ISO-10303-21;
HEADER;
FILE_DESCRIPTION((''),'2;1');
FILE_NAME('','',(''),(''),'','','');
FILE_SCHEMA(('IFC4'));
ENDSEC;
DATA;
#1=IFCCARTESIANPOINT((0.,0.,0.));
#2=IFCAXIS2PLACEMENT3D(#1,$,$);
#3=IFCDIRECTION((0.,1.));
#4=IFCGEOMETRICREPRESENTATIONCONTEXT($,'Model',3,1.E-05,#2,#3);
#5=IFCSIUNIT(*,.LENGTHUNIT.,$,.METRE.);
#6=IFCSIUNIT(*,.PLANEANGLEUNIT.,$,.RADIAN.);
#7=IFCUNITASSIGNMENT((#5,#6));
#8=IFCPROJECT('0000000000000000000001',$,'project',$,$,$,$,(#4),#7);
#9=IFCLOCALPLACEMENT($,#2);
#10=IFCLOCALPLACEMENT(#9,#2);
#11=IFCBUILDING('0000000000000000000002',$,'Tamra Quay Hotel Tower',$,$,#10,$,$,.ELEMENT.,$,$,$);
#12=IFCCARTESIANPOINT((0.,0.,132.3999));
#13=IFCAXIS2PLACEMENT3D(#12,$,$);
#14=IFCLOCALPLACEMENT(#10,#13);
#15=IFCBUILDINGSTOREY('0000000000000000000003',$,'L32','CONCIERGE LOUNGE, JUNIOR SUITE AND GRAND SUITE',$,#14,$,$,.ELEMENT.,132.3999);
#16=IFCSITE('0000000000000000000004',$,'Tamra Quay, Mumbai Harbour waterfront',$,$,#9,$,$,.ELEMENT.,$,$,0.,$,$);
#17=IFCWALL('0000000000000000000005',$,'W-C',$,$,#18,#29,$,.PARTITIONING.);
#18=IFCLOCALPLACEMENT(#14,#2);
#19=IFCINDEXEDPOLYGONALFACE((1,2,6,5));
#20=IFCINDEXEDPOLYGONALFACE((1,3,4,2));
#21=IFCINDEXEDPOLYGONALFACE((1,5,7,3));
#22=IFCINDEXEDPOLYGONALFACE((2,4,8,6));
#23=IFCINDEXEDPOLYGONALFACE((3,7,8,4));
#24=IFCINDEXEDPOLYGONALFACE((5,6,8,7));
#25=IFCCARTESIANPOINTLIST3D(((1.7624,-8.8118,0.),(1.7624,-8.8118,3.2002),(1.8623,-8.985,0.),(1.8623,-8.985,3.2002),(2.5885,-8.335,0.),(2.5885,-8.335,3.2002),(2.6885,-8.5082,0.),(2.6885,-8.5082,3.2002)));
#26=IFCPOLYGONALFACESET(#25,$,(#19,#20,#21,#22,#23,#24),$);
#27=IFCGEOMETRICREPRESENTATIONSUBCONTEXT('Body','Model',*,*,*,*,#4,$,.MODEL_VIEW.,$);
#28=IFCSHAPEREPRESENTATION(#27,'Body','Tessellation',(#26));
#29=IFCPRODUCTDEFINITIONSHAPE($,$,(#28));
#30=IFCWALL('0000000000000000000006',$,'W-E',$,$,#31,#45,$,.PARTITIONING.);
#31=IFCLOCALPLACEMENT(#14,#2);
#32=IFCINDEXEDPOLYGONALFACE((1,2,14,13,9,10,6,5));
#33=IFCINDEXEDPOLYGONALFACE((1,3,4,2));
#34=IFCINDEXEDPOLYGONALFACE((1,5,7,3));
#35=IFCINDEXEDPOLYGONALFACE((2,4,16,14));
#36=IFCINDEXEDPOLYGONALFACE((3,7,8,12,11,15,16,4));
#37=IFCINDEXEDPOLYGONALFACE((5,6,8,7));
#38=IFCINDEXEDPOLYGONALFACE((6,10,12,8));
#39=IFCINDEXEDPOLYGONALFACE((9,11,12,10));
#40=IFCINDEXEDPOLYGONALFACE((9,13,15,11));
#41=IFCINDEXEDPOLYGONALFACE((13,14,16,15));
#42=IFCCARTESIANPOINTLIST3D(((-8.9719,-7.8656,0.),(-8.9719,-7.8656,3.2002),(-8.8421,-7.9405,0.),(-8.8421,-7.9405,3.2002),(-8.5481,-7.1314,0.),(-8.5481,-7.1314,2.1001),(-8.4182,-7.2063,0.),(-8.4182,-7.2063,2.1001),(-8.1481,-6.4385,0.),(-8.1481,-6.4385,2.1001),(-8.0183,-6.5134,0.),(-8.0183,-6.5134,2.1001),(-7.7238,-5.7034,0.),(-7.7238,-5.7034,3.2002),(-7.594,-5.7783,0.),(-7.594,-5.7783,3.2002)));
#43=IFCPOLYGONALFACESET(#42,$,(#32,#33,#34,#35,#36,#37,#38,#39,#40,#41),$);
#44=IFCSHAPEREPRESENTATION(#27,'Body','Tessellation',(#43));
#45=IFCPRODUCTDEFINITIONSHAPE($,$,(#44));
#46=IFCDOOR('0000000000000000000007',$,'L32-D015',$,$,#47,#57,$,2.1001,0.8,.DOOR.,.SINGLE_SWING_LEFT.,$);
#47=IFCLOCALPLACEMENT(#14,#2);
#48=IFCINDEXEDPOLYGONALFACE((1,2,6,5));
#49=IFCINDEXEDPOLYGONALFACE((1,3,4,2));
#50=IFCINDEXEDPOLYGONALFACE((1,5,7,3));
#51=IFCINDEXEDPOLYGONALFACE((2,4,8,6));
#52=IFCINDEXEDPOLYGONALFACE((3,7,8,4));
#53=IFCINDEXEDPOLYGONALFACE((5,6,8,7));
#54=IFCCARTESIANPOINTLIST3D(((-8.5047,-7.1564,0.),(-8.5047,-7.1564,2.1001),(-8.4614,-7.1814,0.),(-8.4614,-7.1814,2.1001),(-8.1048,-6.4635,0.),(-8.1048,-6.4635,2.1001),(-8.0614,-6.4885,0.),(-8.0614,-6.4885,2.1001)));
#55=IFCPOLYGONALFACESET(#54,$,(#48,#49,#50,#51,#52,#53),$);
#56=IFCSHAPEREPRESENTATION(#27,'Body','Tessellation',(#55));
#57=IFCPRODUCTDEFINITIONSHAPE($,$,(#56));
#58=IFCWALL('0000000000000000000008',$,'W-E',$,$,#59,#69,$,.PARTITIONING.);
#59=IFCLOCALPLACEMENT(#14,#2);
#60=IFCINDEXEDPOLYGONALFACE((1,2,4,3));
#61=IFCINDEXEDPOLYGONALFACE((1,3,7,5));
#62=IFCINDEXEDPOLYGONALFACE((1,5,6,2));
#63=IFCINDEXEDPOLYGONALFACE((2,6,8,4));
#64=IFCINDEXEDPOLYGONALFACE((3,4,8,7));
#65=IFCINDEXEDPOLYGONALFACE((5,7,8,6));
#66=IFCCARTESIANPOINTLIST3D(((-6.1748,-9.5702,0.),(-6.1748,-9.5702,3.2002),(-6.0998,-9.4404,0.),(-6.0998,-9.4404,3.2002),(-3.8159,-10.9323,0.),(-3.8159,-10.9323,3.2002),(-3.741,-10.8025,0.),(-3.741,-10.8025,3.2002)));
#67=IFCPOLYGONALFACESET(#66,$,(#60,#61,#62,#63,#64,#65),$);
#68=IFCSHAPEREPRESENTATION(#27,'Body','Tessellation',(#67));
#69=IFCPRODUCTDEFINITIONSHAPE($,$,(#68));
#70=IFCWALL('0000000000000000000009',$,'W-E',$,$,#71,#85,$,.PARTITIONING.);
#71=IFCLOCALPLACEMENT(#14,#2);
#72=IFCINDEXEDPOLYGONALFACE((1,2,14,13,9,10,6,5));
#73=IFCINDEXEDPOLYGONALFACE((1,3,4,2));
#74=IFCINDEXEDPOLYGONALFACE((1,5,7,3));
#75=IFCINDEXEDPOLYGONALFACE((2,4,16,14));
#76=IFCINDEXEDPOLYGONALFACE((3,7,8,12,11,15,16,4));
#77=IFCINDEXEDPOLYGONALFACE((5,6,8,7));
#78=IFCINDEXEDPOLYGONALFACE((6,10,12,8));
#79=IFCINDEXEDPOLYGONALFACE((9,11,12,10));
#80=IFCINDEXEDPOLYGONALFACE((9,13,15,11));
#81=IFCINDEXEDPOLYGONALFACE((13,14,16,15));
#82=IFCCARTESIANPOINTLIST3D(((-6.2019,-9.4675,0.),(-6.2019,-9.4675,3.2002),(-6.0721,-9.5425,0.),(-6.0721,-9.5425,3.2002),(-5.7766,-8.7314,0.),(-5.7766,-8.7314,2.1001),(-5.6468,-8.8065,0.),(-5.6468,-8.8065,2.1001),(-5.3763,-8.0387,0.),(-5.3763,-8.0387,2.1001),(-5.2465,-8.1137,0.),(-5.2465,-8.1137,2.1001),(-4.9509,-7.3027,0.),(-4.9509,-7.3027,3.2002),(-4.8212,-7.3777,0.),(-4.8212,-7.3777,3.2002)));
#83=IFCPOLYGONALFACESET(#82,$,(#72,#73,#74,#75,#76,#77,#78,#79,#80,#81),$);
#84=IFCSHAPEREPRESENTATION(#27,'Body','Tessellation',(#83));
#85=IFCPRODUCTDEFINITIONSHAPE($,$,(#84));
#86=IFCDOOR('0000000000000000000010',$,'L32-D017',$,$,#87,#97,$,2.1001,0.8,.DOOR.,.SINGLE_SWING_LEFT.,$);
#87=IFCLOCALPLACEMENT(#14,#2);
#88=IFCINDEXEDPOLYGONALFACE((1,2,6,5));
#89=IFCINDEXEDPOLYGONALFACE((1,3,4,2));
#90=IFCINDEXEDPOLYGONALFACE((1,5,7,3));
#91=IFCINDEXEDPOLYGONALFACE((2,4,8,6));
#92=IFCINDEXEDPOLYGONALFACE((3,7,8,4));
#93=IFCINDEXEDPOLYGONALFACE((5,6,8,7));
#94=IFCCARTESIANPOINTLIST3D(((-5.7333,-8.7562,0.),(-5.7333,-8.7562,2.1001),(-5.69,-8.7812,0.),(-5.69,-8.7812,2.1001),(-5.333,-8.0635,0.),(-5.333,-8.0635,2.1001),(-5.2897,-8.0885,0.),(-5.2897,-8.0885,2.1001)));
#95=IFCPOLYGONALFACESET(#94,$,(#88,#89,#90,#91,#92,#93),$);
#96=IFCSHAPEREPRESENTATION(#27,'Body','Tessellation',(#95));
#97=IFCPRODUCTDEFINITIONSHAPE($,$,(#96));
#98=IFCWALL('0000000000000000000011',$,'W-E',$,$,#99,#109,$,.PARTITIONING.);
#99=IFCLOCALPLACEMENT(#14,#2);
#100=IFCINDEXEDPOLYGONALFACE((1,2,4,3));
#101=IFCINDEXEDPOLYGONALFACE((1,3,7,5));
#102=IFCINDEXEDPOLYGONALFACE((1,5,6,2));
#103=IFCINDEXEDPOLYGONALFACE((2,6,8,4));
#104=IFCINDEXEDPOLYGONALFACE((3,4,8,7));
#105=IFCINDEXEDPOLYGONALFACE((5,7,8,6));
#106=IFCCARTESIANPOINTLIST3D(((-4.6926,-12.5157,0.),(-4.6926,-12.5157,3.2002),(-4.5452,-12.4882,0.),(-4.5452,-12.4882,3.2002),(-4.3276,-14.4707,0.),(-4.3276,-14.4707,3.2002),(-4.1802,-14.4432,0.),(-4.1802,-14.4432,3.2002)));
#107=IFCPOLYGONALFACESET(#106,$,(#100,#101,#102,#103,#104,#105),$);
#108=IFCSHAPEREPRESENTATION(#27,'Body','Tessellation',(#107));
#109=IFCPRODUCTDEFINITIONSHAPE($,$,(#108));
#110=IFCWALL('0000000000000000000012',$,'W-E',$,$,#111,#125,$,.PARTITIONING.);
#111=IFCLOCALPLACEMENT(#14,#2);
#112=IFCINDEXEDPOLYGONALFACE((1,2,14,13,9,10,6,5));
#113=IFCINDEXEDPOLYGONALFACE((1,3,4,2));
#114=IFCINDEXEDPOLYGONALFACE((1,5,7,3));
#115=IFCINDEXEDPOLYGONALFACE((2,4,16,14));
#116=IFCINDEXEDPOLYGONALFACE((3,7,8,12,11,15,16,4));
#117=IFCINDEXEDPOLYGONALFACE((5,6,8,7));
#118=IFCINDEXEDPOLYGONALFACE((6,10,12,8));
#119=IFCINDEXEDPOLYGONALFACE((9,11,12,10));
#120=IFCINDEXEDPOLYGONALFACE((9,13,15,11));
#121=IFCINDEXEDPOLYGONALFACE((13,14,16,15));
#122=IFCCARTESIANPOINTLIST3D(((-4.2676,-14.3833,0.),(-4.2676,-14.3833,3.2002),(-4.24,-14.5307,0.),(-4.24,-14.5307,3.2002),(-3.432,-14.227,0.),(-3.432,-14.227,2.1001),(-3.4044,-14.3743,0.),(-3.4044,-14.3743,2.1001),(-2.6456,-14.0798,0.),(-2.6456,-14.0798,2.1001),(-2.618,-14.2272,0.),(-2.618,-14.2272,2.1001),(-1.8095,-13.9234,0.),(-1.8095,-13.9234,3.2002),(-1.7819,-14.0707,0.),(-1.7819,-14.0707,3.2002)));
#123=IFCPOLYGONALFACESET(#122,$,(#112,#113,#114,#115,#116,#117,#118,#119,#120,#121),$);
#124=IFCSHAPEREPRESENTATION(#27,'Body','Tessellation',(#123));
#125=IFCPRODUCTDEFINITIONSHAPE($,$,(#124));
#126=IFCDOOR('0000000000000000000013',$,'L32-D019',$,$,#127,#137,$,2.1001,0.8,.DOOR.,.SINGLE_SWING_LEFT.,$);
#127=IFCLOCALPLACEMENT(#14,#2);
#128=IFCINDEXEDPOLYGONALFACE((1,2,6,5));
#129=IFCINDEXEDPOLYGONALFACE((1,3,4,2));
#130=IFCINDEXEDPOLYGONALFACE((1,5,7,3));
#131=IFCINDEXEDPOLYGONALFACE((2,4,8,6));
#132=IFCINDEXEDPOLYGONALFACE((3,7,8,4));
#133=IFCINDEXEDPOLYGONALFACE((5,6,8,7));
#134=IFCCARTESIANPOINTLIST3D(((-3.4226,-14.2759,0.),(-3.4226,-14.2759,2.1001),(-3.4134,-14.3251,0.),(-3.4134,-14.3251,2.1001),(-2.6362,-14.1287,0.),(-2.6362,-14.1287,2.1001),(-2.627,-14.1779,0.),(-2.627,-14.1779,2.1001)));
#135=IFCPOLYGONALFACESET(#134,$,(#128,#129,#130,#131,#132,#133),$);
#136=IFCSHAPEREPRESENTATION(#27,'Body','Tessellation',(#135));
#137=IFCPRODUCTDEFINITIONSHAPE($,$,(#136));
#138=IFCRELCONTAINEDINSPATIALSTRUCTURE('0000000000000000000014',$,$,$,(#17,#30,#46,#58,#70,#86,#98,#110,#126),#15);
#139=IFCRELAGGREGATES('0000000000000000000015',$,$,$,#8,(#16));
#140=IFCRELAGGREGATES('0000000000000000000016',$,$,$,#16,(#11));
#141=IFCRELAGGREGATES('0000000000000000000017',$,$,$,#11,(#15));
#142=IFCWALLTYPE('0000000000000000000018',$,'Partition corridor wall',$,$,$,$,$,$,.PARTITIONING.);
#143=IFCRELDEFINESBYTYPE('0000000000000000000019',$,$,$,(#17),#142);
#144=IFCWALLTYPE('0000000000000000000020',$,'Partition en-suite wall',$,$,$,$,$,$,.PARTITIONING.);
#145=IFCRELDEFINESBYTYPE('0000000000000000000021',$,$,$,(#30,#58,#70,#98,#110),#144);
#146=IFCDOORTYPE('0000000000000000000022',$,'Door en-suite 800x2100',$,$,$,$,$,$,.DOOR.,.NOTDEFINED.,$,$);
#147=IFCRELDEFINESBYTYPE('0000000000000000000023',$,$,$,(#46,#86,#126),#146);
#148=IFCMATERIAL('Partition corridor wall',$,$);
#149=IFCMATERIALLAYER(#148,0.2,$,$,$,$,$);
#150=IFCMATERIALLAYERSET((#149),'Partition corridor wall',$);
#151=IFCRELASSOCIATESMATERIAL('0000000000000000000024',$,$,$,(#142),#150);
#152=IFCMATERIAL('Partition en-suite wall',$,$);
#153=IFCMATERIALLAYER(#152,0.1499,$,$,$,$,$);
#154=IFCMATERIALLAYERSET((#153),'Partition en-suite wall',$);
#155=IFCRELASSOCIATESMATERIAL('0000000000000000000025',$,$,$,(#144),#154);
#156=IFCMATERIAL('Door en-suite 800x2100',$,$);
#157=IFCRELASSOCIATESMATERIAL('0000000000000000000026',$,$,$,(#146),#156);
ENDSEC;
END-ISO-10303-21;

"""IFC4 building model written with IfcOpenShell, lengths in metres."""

from ifc_helpers import new_model, si_unit, direction, frame, frame_2d, origin, place, context, subcontext, project, spatial, rectangle, extrude, material, layer, layer_set, type_object, element, fill, save


model = new_model("IFC4")

# Units and contexts
model_context = context("Model", 3, precision=1e-05, world=origin(), true_north=direction((0.0, 1.0)))
body_context = subcontext(model_context, "Body", "Model", "MODEL_VIEW")
ifc_project = project(units=[si_unit("LENGTHUNIT", "METRE"), si_unit("PLANEANGLEUNIT", "RADIAN")], contexts=[model_context])

# Site, building, storey
site_placement = place(None, origin())
site = spatial("IfcSite", under=ifc_project, at=site_placement, Name="Tamra Quay, Mumbai Harbour waterfront", CompositionType="ELEMENT", RefElevation=0.0)
building_placement = place(site_placement, origin())
building = spatial("IfcBuilding", under=site, at=building_placement, Name="Tamra Quay Hotel Tower", CompositionType="ELEMENT")
storey_placement = place(building_placement, frame((0.0, 0.0, 132.3999)))
storey = spatial("IfcBuildingStorey", under=building, at=storey_placement, Name="L32", Description="CONCIERGE LOUNGE, JUNIOR SUITE AND GRAND SUITE", CompositionType="ELEMENT", Elevation=132.3999)

# Shared definitions
ifc_material_1 = material(Name="Partition corridor wall")
ifc_layer_1 = layer(ifc_material_1, 0.2)
ifc_layer_set_1 = layer_set([ifc_layer_1], Name="Partition corridor wall")
wall_type_1 = type_object("IfcWallType", Name="Partition corridor wall", PredefinedType="PARTITIONING", material=ifc_layer_set_1)

# Wall
wall_1_placement = place(storey_placement, frame((1.8123, -8.8984, 0.0), z_axis=(0.0, 0.0, 1.0), x_axis=(0.866109, 0.499855, 0.0)))
element("IfcWall", 1, at=wall_1_placement, inside=storey, type_object=wall_type_1, Name="W-C", PredefinedType="PARTITIONING", context=body_context, shape_type="SweptSolid", body=[
    extrude(rectangle(XDim=0.9539, YDim=0.2, at=frame_2d((0.4771, 0.0))), origin(), (0.0, 0.0, 1.0), 3.2002),
])

# Wall, opening, door
ifc_material_2 = material(Name="Partition en-suite wall")
ifc_layer_2 = layer(ifc_material_2, 0.1499)
ifc_layer_set_2 = layer_set([ifc_layer_2], Name="Partition en-suite wall")
wall_type_2 = type_object("IfcWallType", Name="Partition en-suite wall", PredefinedType="PARTITIONING", material=ifc_layer_set_2)
wall_2_placement = place(storey_placement, frame((-8.907, -7.9031, 0.0), z_axis=(0.0, 0.0, 1.0), x_axis=(0.499926, 0.866068, 0.0)))
wall_2 = element("IfcWall", 2, at=wall_2_placement, inside=storey, type_object=wall_type_2, Name="W-E", PredefinedType="PARTITIONING", context=body_context, shape_type="SweptSolid", body=[
    extrude(rectangle(XDim=2.4966, YDim=0.1499, at=frame_2d((1.2483, 0.0))), origin(), (0.0, 0.0, 1.0), 3.2002),
])
opening_1_placement = place(wall_2_placement, frame((0.8479, 0.0, 0.0)))
opening_1 = element("IfcOpeningElement", 3, at=opening_1_placement, cuts=wall_2, PredefinedType="OPENING", context=body_context, shape_type="SweptSolid", body=[
    extrude(rectangle(XDim=0.8, YDim=2.1001, at=frame_2d((0.3999, 1.05))), frame((0.0, 0.085, 0.0), z_axis=(0.0, -1.0, 0.0), x_axis=(1.0, 0.0, 0.0)), (0.0, 0.0, 1.0), 0.1699),
])
ifc_material_3 = material(Name="Door en-suite 800x2100")
door_type_1 = type_object("IfcDoorType", Name="Door en-suite 800x2100", OperationType="NOTDEFINED", PredefinedType="DOOR", material=ifc_material_3)
door_1_placement = place(opening_1_placement, origin())
door_1 = element("IfcDoor", 4, at=door_1_placement, inside=storey, type_object=door_type_1, Name="L32-D015", OperationType="SINGLE_SWING_LEFT", OverallHeight=2.1001, OverallWidth=0.8, PredefinedType="DOOR", context=body_context, shape_type="SweptSolid", body=[
    extrude(rectangle(XDim=0.8, YDim=2.1001, at=frame_2d((0.3999, 1.05))), frame((0.0, 0.0249, 0.0), z_axis=(0.0, -1.0, 0.0), x_axis=(1.0, 0.0, 0.0)), (0.0, 0.0, 1.0), 0.05),
])
fill(opening_1, door_1)

# Wall
wall_3_placement = place(storey_placement, frame((-6.1372, -9.5054, 0.0), z_axis=(0.0, 0.0, 1.0), x_axis=(0.866, -0.500043, 0.0)))
element("IfcWall", 5, at=wall_3_placement, inside=storey, type_object=wall_type_2, Name="W-E", PredefinedType="PARTITIONING", context=body_context, shape_type="SweptSolid", body=[
    extrude(rectangle(XDim=2.7239, YDim=0.1499, at=frame_2d((1.3618, 0.0))), origin(), (0.0, 0.0, 1.0), 3.2002),
])

# Wall, opening, door
wall_4_placement = place(storey_placement, frame((-6.137, -9.5049, 0.0), z_axis=(0.0, 0.0, 1.0), x_axis=(0.500339, 0.865829, 0.0)))
wall_4 = element("IfcWall", 6, at=wall_4_placement, inside=storey, type_object=wall_type_2, Name="W-E", PredefinedType="PARTITIONING", context=body_context, shape_type="SweptSolid", body=[
    extrude(rectangle(XDim=2.5002, YDim=0.1499, at=frame_2d((1.25, 0.0))), origin(), (0.0, 0.0, 1.0), 3.2002),
])
opening_2_placement = place(wall_4_placement, frame((0.8501, 0.0, 0.0)))
opening_2 = element("IfcOpeningElement", 7, at=opening_2_placement, cuts=wall_4, PredefinedType="OPENING", context=body_context, shape_type="SweptSolid", body=[
    extrude(rectangle(XDim=0.8, YDim=2.1001, at=frame_2d((0.3999, 1.05))), frame((0.0, 0.085, 0.0), z_axis=(0.0, -1.0, 0.0), x_axis=(1.0, 0.0, 0.0)), (0.0, 0.0, 1.0), 0.1699),
])
door_2_placement = place(opening_2_placement, frame((0.8, 0.0, 0.0), z_axis=(0.0, 0.0, 1.0), x_axis=(-1.0, 0.0, 0.0)))
door_2 = element("IfcDoor", 8, at=door_2_placement, inside=storey, type_object=door_type_1, Name="L32-D017", OperationType="SINGLE_SWING_LEFT", OverallHeight=2.1001, OverallWidth=0.8, PredefinedType="DOOR", context=body_context, shape_type="SweptSolid", body=[
    extrude(rectangle(XDim=0.8, YDim=2.1001, at=frame_2d((0.3999, 1.05))), frame((0.0, 0.0249, 0.0), z_axis=(0.0, -1.0, 0.0), x_axis=(1.0, 0.0, 0.0)), (0.0, 0.0, 1.0), 0.05),
])
fill(opening_2, door_2)

# Wall
wall_5_placement = place(storey_placement, frame((-4.6189, -12.502, 0.0), z_axis=(0.0, 0.0, 1.0), x_axis=(0.183518, -0.983016, 0.0)))
element("IfcWall", 9, at=wall_5_placement, inside=storey, type_object=wall_type_2, Name="W-E", PredefinedType="PARTITIONING", context=body_context, shape_type="SweptSolid", body=[
    extrude(rectangle(XDim=1.9888, YDim=0.1499, at=frame_2d((0.9944, 0.0))), origin(), (0.0, 0.0, 1.0), 3.2002),
])

# Wall, opening, door
wall_6_placement = place(storey_placement, frame((-4.2539, -14.457, 0.0), z_axis=(0.0, 0.0, 1.0), x_axis=(0.982938, 0.183935, 0.0)))
wall_6 = element("IfcWall", 10, at=wall_6_placement, inside=storey, type_object=wall_type_2, Name="W-E", PredefinedType="PARTITIONING", context=body_context, shape_type="SweptSolid", body=[
    extrude(rectangle(XDim=2.5007, YDim=0.1499, at=frame_2d((1.2505, 0.0))), origin(), (0.0, 0.0, 1.0), 3.2002),
])
opening_3_placement = place(wall_6_placement, frame((0.8503, 0.0, 0.0)))
opening_3 = element("IfcOpeningElement", 11, at=opening_3_placement, cuts=wall_6, PredefinedType="OPENING", context=body_context, shape_type="SweptSolid", body=[
    extrude(rectangle(XDim=0.8, YDim=2.1001, at=frame_2d((0.3999, 1.05))), frame((0.0, 0.085, 0.0), z_axis=(0.0, -1.0, 0.0), x_axis=(1.0, 0.0, 0.0)), (0.0, 0.0, 1.0), 0.1699),
])
door_3_placement = place(opening_3_placement, frame((0.8, 0.0, 0.0), z_axis=(0.0, 0.0, 1.0), x_axis=(-1.0, 0.0, 0.0)))
door_3 = element("IfcDoor", 12, at=door_3_placement, inside=storey, type_object=door_type_1, Name="L32-D019", OperationType="SINGLE_SWING_LEFT", OverallHeight=2.1001, OverallWidth=0.8, PredefinedType="DOOR", context=body_context, shape_type="SweptSolid", body=[
    extrude(rectangle(XDim=0.8, YDim=2.1001, at=frame_2d((0.3999, 1.05))), frame((0.0, 0.0249, 0.0), z_axis=(0.0, -1.0, 0.0), x_axis=(1.0, 0.0, 0.0)), (0.0, 0.0, 1.0), 0.05),
])
fill(opening_3, door_3)

save(model, "model.ifc")
